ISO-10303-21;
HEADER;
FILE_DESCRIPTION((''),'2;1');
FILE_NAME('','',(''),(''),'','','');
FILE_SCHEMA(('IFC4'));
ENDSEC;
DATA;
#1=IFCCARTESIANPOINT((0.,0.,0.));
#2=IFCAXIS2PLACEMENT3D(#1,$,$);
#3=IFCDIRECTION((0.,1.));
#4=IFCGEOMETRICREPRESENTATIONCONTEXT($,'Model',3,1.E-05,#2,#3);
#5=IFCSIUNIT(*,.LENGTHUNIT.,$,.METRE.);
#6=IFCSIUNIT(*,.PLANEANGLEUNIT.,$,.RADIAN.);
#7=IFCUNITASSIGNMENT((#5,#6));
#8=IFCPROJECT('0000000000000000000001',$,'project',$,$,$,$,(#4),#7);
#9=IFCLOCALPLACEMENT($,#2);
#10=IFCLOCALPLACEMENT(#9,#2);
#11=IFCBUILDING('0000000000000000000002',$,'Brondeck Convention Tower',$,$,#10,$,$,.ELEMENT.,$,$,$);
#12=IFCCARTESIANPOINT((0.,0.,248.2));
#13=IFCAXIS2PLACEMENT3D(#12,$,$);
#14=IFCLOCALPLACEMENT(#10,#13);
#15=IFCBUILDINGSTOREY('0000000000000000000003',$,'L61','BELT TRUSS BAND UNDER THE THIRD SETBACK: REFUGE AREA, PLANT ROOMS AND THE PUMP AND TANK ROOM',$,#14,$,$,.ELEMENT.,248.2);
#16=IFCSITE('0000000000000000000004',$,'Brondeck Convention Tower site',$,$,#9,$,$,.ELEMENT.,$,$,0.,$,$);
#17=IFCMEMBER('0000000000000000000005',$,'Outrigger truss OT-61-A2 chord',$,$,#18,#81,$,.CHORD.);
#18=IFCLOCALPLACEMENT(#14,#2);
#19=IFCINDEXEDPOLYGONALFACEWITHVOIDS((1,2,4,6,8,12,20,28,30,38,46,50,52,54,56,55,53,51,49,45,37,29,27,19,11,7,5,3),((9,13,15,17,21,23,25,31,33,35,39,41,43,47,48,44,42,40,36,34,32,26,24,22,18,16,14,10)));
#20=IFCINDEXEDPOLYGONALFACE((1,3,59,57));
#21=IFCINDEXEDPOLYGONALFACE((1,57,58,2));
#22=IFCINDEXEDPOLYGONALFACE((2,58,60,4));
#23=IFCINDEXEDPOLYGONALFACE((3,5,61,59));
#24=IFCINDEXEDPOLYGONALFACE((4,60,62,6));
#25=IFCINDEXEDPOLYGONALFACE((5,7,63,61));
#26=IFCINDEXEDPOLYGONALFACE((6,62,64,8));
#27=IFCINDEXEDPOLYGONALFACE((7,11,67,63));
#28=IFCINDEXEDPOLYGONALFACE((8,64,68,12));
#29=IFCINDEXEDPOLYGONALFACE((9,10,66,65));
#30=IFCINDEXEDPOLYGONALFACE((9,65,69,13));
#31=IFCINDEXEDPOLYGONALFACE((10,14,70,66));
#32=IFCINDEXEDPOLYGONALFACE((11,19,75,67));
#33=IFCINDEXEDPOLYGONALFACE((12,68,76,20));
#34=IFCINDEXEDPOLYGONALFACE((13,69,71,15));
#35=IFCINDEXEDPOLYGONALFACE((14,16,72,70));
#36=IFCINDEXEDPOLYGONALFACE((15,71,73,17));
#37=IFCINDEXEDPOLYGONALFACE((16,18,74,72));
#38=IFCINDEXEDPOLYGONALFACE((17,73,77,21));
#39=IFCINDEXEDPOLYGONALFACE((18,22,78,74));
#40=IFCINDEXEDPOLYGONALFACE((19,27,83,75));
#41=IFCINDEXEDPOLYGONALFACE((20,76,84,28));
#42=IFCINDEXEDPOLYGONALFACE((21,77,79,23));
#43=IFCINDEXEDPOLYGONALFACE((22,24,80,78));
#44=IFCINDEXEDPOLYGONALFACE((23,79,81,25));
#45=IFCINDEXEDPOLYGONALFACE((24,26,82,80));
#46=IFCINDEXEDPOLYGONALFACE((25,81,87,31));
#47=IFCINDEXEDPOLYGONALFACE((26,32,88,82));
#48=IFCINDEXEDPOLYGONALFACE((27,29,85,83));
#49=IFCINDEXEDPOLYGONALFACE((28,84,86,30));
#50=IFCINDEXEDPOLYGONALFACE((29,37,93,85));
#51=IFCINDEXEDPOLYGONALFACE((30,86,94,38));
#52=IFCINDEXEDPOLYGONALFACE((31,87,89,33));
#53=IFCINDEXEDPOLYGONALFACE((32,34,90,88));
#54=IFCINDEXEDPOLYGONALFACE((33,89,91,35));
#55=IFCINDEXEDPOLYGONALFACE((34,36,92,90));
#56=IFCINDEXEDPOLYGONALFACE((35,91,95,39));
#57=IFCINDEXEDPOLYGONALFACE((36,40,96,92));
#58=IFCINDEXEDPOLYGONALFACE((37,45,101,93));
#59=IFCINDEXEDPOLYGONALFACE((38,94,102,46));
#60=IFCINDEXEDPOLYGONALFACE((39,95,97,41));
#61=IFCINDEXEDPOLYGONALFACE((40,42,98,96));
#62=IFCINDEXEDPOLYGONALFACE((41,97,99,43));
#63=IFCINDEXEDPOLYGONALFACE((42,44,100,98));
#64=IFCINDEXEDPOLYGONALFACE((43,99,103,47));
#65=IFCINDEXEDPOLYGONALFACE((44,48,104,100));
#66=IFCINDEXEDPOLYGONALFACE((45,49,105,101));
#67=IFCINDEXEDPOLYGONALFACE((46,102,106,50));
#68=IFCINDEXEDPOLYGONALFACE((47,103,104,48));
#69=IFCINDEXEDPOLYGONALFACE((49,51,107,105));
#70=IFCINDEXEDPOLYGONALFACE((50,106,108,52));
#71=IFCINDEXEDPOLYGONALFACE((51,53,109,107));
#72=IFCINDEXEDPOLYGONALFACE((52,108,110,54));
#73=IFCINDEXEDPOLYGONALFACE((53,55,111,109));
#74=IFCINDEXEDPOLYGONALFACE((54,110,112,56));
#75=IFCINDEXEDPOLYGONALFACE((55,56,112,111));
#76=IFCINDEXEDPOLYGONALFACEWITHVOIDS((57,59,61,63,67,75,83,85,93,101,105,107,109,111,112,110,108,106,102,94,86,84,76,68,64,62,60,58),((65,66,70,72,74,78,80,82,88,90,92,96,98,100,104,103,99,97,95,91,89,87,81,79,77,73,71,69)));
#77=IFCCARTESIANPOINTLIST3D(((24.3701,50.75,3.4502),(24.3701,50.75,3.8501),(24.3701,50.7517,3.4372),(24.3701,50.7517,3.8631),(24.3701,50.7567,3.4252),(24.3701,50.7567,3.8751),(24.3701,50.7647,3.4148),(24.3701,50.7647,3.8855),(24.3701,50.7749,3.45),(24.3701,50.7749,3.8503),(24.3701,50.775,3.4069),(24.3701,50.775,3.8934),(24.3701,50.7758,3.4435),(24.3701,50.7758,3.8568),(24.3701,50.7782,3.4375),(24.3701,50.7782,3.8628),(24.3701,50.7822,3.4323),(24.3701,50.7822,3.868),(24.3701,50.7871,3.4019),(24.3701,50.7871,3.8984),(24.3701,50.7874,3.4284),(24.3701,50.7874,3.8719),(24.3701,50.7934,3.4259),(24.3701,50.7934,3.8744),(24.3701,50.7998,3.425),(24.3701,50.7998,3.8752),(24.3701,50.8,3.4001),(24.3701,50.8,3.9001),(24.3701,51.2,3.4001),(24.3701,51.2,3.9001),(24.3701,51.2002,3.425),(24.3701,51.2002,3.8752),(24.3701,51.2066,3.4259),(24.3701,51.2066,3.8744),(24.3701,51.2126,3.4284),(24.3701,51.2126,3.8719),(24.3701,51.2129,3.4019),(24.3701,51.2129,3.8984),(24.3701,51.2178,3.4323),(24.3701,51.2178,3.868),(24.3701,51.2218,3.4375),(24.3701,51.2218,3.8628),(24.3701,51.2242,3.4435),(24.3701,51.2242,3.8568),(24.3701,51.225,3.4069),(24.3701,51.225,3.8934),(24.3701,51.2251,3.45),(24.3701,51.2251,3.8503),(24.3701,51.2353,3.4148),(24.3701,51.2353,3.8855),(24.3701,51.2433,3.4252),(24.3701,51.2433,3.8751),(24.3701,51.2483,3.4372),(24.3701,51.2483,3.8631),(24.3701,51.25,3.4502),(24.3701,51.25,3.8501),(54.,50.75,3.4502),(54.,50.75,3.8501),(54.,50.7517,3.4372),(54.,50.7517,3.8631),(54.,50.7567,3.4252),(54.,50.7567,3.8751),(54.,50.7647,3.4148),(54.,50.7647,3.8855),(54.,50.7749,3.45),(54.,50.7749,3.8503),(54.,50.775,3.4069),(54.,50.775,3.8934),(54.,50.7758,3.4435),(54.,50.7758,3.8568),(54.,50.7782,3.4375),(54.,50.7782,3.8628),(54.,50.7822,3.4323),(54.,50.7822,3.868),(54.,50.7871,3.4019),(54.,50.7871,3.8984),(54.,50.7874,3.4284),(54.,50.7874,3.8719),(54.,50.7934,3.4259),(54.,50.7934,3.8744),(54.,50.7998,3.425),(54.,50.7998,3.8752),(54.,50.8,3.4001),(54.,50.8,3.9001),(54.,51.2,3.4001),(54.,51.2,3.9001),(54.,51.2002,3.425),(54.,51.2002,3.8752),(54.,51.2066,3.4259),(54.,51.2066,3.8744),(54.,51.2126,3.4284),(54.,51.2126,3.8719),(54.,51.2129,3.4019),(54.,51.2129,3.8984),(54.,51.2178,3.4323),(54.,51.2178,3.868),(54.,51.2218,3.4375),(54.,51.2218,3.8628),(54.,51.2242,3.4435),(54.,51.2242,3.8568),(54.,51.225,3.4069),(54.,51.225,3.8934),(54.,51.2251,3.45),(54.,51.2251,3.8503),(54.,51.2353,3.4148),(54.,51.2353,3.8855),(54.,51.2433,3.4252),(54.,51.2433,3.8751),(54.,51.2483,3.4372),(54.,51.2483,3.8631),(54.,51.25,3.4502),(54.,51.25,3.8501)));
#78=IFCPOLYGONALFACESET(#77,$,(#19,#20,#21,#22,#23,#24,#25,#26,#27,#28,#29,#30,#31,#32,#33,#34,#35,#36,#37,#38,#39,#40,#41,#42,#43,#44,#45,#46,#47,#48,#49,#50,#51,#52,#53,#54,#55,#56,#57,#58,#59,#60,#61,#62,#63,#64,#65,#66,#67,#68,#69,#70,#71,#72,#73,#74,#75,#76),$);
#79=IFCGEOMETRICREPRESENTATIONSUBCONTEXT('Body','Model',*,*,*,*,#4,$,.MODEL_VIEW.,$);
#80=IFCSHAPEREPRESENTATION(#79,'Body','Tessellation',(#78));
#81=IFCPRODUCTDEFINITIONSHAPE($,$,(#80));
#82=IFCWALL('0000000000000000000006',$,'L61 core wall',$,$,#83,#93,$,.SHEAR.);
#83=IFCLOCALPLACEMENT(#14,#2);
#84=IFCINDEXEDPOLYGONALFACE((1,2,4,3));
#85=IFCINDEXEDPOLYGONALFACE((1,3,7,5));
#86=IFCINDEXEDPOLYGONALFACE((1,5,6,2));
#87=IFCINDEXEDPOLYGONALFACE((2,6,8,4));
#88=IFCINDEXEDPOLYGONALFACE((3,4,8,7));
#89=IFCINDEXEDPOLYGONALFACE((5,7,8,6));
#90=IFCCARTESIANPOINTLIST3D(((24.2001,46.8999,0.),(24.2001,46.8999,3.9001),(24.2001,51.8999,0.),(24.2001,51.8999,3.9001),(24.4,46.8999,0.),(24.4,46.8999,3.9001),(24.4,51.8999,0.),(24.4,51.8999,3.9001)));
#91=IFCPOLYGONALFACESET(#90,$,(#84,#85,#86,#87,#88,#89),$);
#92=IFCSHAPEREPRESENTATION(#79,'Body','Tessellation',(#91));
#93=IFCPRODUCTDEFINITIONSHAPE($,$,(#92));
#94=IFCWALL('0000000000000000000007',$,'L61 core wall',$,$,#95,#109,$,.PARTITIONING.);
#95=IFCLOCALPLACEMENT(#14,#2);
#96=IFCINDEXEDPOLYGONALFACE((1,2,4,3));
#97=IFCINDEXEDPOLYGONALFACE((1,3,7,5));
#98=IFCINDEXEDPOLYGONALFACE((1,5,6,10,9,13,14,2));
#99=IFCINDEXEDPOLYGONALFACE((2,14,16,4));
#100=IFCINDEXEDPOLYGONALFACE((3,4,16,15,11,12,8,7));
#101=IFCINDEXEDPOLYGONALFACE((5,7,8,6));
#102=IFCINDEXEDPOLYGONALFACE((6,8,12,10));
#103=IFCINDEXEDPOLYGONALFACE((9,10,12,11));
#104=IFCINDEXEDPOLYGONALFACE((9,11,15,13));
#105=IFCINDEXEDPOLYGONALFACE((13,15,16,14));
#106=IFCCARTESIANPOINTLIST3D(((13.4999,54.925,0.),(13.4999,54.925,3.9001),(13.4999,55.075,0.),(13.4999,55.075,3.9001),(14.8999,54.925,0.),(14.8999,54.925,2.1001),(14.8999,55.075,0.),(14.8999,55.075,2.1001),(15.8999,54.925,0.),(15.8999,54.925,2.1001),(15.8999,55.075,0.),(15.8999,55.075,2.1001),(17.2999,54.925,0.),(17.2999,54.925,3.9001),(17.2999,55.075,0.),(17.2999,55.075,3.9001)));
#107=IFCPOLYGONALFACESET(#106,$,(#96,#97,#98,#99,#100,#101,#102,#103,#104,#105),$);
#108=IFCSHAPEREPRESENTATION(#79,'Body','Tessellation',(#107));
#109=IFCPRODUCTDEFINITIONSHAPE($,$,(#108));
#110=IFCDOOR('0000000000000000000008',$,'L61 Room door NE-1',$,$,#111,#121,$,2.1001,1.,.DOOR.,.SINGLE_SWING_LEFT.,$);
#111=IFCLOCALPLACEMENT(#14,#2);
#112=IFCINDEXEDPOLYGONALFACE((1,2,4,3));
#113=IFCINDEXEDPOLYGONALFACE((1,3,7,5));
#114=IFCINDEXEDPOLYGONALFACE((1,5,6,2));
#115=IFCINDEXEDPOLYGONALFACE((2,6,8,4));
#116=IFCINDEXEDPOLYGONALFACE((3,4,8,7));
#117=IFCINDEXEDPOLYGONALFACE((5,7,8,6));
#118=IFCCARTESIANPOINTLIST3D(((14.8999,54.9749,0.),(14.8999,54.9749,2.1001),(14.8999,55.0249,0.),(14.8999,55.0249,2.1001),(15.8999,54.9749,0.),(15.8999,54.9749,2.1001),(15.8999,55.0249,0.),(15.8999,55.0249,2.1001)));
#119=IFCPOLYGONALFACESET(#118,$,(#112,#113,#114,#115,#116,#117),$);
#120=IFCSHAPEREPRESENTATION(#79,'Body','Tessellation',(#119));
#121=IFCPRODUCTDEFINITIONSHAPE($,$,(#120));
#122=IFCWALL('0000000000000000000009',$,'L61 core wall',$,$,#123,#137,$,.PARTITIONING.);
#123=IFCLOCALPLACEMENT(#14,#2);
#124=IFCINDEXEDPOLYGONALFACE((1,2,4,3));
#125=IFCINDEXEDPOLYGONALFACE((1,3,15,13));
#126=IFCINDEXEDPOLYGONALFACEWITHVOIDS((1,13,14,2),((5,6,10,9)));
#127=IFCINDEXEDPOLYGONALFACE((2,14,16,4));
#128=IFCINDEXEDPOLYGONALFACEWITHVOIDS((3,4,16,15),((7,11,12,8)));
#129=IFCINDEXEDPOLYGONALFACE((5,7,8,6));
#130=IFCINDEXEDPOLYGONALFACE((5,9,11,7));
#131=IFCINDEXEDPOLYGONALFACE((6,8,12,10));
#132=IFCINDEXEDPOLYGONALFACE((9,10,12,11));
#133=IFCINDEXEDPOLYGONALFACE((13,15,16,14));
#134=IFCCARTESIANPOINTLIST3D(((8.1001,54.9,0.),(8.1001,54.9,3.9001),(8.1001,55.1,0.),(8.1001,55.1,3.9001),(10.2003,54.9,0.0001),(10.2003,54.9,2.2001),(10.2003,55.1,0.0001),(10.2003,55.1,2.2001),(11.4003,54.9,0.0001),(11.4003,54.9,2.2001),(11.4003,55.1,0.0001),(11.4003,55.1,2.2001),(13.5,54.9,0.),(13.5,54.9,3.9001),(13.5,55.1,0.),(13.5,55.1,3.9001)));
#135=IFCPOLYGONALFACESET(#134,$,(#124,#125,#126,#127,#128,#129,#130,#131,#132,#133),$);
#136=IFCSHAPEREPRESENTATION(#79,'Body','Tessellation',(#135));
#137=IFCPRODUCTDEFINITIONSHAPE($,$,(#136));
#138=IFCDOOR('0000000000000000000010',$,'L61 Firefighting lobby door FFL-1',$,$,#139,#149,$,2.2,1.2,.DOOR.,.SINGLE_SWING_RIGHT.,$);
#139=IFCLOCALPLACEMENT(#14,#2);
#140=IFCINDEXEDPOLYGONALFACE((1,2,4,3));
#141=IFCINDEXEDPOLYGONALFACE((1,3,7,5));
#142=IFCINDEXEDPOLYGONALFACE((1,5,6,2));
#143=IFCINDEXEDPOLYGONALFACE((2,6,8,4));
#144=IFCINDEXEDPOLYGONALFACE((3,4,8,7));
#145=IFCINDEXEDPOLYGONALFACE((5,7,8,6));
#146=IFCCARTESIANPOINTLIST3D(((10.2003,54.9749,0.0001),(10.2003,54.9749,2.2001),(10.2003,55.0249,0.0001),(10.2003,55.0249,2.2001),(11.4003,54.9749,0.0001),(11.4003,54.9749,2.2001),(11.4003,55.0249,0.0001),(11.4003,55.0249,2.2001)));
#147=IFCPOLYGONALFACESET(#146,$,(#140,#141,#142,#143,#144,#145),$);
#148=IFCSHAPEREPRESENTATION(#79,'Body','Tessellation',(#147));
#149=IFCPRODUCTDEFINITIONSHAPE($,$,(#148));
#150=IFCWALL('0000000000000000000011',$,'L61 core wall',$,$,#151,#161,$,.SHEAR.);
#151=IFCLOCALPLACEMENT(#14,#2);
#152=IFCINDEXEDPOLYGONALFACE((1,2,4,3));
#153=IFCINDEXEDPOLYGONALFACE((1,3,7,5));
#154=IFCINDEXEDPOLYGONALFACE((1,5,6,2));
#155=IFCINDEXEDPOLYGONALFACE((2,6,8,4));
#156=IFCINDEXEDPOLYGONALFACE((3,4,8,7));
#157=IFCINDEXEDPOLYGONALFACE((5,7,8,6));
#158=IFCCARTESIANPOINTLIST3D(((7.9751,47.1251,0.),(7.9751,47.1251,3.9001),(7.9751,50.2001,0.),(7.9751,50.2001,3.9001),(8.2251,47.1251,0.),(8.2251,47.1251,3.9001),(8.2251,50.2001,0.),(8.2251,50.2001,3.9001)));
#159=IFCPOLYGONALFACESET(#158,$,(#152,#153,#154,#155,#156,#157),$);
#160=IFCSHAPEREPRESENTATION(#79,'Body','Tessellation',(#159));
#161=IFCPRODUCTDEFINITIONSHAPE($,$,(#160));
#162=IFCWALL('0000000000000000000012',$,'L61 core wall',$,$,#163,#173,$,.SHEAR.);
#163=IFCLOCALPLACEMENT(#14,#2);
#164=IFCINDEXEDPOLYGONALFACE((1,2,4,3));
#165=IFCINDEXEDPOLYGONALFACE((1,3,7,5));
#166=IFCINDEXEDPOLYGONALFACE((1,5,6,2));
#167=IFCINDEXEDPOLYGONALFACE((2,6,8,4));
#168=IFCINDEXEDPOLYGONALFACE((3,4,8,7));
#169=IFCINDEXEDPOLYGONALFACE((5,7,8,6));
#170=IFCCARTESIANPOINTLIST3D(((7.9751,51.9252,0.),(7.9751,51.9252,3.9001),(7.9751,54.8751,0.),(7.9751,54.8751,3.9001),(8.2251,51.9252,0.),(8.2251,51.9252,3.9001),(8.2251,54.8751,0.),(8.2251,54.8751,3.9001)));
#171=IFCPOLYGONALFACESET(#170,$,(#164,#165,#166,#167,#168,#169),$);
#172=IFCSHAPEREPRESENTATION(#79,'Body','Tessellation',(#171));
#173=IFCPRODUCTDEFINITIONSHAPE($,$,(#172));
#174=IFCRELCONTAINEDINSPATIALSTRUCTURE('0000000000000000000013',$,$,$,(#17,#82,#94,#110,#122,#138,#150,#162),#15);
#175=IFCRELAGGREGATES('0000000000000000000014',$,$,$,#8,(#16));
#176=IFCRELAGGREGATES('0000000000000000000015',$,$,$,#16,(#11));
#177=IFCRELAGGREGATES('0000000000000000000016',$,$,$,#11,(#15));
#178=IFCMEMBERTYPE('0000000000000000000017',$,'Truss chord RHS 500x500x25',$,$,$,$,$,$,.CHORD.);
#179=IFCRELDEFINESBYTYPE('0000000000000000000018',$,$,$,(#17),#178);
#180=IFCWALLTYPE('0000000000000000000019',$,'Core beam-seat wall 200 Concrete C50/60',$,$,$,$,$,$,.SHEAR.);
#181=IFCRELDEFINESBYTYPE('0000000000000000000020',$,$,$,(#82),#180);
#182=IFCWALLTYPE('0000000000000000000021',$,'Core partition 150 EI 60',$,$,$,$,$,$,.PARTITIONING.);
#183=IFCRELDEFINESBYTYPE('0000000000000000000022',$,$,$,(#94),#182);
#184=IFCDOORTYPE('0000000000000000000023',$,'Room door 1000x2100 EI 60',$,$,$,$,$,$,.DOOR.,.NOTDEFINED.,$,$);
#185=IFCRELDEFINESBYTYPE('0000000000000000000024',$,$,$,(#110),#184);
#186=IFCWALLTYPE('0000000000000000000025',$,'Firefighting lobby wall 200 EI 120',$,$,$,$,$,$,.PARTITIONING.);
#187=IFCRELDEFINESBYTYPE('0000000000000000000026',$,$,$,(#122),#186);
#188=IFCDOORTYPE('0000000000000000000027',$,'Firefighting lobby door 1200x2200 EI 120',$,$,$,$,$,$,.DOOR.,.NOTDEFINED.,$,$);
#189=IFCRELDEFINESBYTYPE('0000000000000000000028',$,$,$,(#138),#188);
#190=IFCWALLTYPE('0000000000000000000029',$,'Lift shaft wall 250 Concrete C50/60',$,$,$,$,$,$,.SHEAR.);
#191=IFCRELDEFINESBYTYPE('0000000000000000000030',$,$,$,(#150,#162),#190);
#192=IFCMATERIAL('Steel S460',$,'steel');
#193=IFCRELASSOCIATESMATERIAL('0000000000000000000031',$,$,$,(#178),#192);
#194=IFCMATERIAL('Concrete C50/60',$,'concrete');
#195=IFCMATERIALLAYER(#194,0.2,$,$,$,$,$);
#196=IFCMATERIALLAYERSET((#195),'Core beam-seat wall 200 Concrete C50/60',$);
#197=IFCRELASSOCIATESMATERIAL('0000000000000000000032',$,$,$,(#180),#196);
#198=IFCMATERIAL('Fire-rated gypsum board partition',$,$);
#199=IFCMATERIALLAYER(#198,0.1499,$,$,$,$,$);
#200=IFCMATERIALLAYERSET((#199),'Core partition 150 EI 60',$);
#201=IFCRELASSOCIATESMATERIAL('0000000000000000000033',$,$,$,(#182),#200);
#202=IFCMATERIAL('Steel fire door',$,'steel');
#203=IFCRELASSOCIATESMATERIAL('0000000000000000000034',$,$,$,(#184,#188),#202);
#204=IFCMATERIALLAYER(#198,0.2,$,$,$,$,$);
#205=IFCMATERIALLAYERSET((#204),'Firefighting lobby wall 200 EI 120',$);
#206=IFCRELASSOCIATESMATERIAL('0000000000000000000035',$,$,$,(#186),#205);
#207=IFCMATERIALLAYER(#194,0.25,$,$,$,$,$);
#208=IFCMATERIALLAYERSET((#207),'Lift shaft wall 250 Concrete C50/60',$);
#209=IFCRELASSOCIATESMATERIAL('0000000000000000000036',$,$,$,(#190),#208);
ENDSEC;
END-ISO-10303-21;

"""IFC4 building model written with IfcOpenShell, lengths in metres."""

from ifc_helpers import new_model, si_unit, direction, frame, frame_2d, origin, origin_2d, place, context, subcontext, project, spatial, rectangle, hollow_rectangle, extrude, material, layer, layer_set, material_profile, profile_set, type_object, element, fill, save


model = new_model("IFC4")

# Units and contexts
model_context = context("Model", 3, precision=1e-05, world=origin(), true_north=direction((0.0, 1.0)))
body_context = subcontext(model_context, "Body", "Model", "MODEL_VIEW")
ifc_project = project(units=[si_unit("LENGTHUNIT", "METRE"), si_unit("PLANEANGLEUNIT", "RADIAN")], contexts=[model_context])

# Site, building, storey
site_placement = place(None, origin())
site = spatial("IfcSite", under=ifc_project, at=site_placement, Name="Brondeck Convention Tower site", CompositionType="ELEMENT", RefElevation=0.0)
building_placement = place(site_placement, origin())
building = spatial("IfcBuilding", under=site, at=building_placement, Name="Brondeck Convention Tower", CompositionType="ELEMENT")
storey_placement = place(building_placement, frame((0.0, 0.0, 248.2)))
storey = spatial("IfcBuildingStorey", under=building, at=storey_placement, Name="L61", Description="BELT TRUSS BAND UNDER THE THIRD SETBACK: REFUGE AREA, PLANT ROOMS AND THE PUMP AND TANK ROOM", CompositionType="ELEMENT", Elevation=248.2)

# Member
ifc_material_1 = material(Name="Steel S460", Category="steel")
ifc_material_profile = material_profile(ifc_material_1, hollow_rectangle(XDim=0.5, YDim=0.5, WallThickness=0.0249, InnerFilletRadius=0.0249, OuterFilletRadius=0.05, at=origin_2d()), Name="RHS 500x500x25")
ifc_profile_set = profile_set([ifc_material_profile], Name="Steel S460")
member_type = type_object("IfcMemberType", Name="Truss chord RHS 500x500x25", PredefinedType="CHORD", material=ifc_profile_set)
member_placement = place(storey_placement, frame((24.3701, 51.0, 3.6501), z_axis=(1.0, 0.0, 0.0), x_axis=(0.0, 1.0, 0.0)))
element("IfcMember", 1, at=member_placement, inside=storey, type_object=member_type, Name="Outrigger truss OT-61-A2 chord", PredefinedType="CHORD", context=body_context, shape_type="SweptSolid", body=[
    extrude(hollow_rectangle(XDim=0.5, YDim=0.5, WallThickness=0.0249, InnerFilletRadius=0.0249, OuterFilletRadius=0.05, at=origin_2d()), origin(), (0.0, 0.0, 1.0), 29.6299),
])

# Wall
ifc_material_2 = material(Name="Concrete C50/60", Category="concrete")
ifc_layer_1 = layer(ifc_material_2, 0.2)
ifc_layer_set_1 = layer_set([ifc_layer_1], Name="Core beam-seat wall 200 Concrete C50/60")
wall_type_1 = type_object("IfcWallType", Name="Core beam-seat wall 200 Concrete C50/60", PredefinedType="SHEAR", material=ifc_layer_set_1)
wall_1_placement = place(storey_placement, frame((24.3, 46.8999, 0.0), z_axis=(0.0, 0.0, 1.0), x_axis=(0.0, 1.0, 0.0)))
element("IfcWall", 2, at=wall_1_placement, inside=storey, type_object=wall_type_1, Name="L61 core wall", PredefinedType="SHEAR", context=body_context, shape_type="SweptSolid", body=[
    extrude(rectangle(XDim=5.0, YDim=0.2, at=frame_2d((2.5, 0.0))), origin(), (0.0, 0.0, 1.0), 3.9001),
])

# Walls, openings, doors
ifc_material_3 = material(Name="Fire-rated gypsum board partition")
ifc_layer_2 = layer(ifc_material_3, 0.1499)
ifc_layer_set_2 = layer_set([ifc_layer_2], Name="Core partition 150 EI 60")
wall_type_2 = type_object("IfcWallType", Name="Core partition 150 EI 60", PredefinedType="PARTITIONING", material=ifc_layer_set_2)
wall_2_placement = place(storey_placement, frame((13.5, 55.0, 0.0), z_axis=(0.0, 0.0, 1.0), x_axis=(1.0, 0.0, 0.0)))
wall_2 = element("IfcWall", 3, at=wall_2_placement, inside=storey, type_object=wall_type_2, Name="L61 core wall", PredefinedType="PARTITIONING", context=body_context, shape_type="SweptSolid", body=[
    extrude(rectangle(XDim=3.8, YDim=0.1499, at=frame_2d((1.8999, 0.0))), origin(), (0.0, 0.0, 1.0), 3.9001),
])
opening_1_placement = place(wall_2_placement, frame((1.3999, 0.0, 0.0)))
opening_1 = element("IfcOpeningElement", 4, at=opening_1_placement, cuts=wall_2, PredefinedType="OPENING", context=body_context, shape_type="SweptSolid", body=[
    extrude(rectangle(XDim=1.0, YDim=2.1001, at=frame_2d((0.5, 1.05))), frame((0.0, 0.085, 0.0), z_axis=(0.0, -1.0, 0.0), x_axis=(1.0, 0.0, 0.0)), (0.0, 0.0, 1.0), 0.1699),
])
ifc_material_4 = material(Name="Steel fire door", Category="steel")
door_type_1 = type_object("IfcDoorType", Name="Room door 1000x2100 EI 60", OperationType="NOTDEFINED", PredefinedType="DOOR", material=ifc_material_4)
door_1_placement = place(opening_1_placement, origin())
door_1 = element("IfcDoor", 5, at=door_1_placement, inside=storey, type_object=door_type_1, Name="L61 Room door NE-1", OperationType="SINGLE_SWING_LEFT", OverallHeight=2.1001, OverallWidth=1.0, PredefinedType="DOOR", context=body_context, shape_type="SweptSolid", body=[
    extrude(rectangle(XDim=1.0, YDim=2.1001, at=frame_2d((0.5, 1.05))), frame((0.0, 0.0249, 0.0), z_axis=(0.0, -1.0, 0.0), x_axis=(1.0, 0.0, 0.0)), (0.0, 0.0, 1.0), 0.05),
])
fill(opening_1, door_1)
ifc_layer_3 = layer(ifc_material_3, 0.2)
ifc_layer_set_3 = layer_set([ifc_layer_3], Name="Firefighting lobby wall 200 EI 120")
wall_type_3 = type_object("IfcWallType", Name="Firefighting lobby wall 200 EI 120", PredefinedType="PARTITIONING", material=ifc_layer_set_3)
wall_3_placement = place(storey_placement, frame((8.1001, 55.0, 0.0), z_axis=(0.0, 0.0, 1.0), x_axis=(1.0, 0.0, 0.0)))
wall_3 = element("IfcWall", 6, at=wall_3_placement, inside=storey, type_object=wall_type_3, Name="L61 core wall", PredefinedType="PARTITIONING", context=body_context, shape_type="SweptSolid", body=[
    extrude(rectangle(XDim=5.3999, YDim=0.2, at=frame_2d((2.7, 0.0))), origin(), (0.0, 0.0, 1.0), 3.9001),
])
opening_2_placement = place(wall_3_placement, frame((2.1001, 0.0, 0.0)))
opening_2 = element("IfcOpeningElement", 7, at=opening_2_placement, cuts=wall_3, PredefinedType="OPENING", context=body_context, shape_type="SweptSolid", body=[
    extrude(rectangle(XDim=1.2, YDim=2.2, at=frame_2d((0.6001, 1.1001))), frame((0.0, 0.1099, 0.0), z_axis=(0.0, -1.0, 0.0), x_axis=(1.0, 0.0, 0.0)), (0.0, 0.0, 1.0), 0.22),
])
door_type_2 = type_object("IfcDoorType", Name="Firefighting lobby door 1200x2200 EI 120", OperationType="NOTDEFINED", PredefinedType="DOOR", material=ifc_material_4)
door_2_placement = place(opening_2_placement, origin())
door_2 = element("IfcDoor", 8, at=door_2_placement, inside=storey, type_object=door_type_2, Name="L61 Firefighting lobby door FFL-1", OperationType="SINGLE_SWING_RIGHT", OverallHeight=2.2, OverallWidth=1.2, PredefinedType="DOOR", context=body_context, shape_type="SweptSolid", body=[
    extrude(rectangle(XDim=1.2, YDim=2.2, at=frame_2d((0.6001, 1.1001))), frame((0.0, 0.0249, 0.0), z_axis=(0.0, -1.0, 0.0), x_axis=(1.0, 0.0, 0.0)), (0.0, 0.0, 1.0), 0.05),
])
fill(opening_2, door_2)

# Walls
ifc_layer_4 = layer(ifc_material_2, 0.25)
ifc_layer_set_4 = layer_set([ifc_layer_4], Name="Lift shaft wall 250 Concrete C50/60")
wall_type_4 = type_object("IfcWallType", Name="Lift shaft wall 250 Concrete C50/60", PredefinedType="SHEAR", material=ifc_layer_set_4)
wall_4_placement = place(storey_placement, frame((8.1001, 47.125, 0.0), z_axis=(0.0, 0.0, 1.0), x_axis=(0.0, 1.0, 0.0)))
element("IfcWall", 9, at=wall_4_placement, inside=storey, type_object=wall_type_4, Name="L61 core wall", PredefinedType="SHEAR", context=body_context, shape_type="SweptSolid", body=[
    extrude(rectangle(XDim=3.075, YDim=0.25, at=frame_2d((1.5376, 0.0))), origin(), (0.0, 0.0, 1.0), 3.9001),
])
wall_5_placement = place(storey_placement, frame((8.1001, 51.925, 0.0), z_axis=(0.0, 0.0, 1.0), x_axis=(0.0, 1.0, 0.0)))
element("IfcWall", 10, at=wall_5_placement, inside=storey, type_object=wall_type_4, Name="L61 core wall", PredefinedType="SHEAR", context=body_context, shape_type="SweptSolid", body=[
    extrude(rectangle(XDim=2.95, YDim=0.25, at=frame_2d((1.4751, 0.0))), origin(), (0.0, 0.0, 1.0), 3.9001),
])

save(model, "model.ifc")
